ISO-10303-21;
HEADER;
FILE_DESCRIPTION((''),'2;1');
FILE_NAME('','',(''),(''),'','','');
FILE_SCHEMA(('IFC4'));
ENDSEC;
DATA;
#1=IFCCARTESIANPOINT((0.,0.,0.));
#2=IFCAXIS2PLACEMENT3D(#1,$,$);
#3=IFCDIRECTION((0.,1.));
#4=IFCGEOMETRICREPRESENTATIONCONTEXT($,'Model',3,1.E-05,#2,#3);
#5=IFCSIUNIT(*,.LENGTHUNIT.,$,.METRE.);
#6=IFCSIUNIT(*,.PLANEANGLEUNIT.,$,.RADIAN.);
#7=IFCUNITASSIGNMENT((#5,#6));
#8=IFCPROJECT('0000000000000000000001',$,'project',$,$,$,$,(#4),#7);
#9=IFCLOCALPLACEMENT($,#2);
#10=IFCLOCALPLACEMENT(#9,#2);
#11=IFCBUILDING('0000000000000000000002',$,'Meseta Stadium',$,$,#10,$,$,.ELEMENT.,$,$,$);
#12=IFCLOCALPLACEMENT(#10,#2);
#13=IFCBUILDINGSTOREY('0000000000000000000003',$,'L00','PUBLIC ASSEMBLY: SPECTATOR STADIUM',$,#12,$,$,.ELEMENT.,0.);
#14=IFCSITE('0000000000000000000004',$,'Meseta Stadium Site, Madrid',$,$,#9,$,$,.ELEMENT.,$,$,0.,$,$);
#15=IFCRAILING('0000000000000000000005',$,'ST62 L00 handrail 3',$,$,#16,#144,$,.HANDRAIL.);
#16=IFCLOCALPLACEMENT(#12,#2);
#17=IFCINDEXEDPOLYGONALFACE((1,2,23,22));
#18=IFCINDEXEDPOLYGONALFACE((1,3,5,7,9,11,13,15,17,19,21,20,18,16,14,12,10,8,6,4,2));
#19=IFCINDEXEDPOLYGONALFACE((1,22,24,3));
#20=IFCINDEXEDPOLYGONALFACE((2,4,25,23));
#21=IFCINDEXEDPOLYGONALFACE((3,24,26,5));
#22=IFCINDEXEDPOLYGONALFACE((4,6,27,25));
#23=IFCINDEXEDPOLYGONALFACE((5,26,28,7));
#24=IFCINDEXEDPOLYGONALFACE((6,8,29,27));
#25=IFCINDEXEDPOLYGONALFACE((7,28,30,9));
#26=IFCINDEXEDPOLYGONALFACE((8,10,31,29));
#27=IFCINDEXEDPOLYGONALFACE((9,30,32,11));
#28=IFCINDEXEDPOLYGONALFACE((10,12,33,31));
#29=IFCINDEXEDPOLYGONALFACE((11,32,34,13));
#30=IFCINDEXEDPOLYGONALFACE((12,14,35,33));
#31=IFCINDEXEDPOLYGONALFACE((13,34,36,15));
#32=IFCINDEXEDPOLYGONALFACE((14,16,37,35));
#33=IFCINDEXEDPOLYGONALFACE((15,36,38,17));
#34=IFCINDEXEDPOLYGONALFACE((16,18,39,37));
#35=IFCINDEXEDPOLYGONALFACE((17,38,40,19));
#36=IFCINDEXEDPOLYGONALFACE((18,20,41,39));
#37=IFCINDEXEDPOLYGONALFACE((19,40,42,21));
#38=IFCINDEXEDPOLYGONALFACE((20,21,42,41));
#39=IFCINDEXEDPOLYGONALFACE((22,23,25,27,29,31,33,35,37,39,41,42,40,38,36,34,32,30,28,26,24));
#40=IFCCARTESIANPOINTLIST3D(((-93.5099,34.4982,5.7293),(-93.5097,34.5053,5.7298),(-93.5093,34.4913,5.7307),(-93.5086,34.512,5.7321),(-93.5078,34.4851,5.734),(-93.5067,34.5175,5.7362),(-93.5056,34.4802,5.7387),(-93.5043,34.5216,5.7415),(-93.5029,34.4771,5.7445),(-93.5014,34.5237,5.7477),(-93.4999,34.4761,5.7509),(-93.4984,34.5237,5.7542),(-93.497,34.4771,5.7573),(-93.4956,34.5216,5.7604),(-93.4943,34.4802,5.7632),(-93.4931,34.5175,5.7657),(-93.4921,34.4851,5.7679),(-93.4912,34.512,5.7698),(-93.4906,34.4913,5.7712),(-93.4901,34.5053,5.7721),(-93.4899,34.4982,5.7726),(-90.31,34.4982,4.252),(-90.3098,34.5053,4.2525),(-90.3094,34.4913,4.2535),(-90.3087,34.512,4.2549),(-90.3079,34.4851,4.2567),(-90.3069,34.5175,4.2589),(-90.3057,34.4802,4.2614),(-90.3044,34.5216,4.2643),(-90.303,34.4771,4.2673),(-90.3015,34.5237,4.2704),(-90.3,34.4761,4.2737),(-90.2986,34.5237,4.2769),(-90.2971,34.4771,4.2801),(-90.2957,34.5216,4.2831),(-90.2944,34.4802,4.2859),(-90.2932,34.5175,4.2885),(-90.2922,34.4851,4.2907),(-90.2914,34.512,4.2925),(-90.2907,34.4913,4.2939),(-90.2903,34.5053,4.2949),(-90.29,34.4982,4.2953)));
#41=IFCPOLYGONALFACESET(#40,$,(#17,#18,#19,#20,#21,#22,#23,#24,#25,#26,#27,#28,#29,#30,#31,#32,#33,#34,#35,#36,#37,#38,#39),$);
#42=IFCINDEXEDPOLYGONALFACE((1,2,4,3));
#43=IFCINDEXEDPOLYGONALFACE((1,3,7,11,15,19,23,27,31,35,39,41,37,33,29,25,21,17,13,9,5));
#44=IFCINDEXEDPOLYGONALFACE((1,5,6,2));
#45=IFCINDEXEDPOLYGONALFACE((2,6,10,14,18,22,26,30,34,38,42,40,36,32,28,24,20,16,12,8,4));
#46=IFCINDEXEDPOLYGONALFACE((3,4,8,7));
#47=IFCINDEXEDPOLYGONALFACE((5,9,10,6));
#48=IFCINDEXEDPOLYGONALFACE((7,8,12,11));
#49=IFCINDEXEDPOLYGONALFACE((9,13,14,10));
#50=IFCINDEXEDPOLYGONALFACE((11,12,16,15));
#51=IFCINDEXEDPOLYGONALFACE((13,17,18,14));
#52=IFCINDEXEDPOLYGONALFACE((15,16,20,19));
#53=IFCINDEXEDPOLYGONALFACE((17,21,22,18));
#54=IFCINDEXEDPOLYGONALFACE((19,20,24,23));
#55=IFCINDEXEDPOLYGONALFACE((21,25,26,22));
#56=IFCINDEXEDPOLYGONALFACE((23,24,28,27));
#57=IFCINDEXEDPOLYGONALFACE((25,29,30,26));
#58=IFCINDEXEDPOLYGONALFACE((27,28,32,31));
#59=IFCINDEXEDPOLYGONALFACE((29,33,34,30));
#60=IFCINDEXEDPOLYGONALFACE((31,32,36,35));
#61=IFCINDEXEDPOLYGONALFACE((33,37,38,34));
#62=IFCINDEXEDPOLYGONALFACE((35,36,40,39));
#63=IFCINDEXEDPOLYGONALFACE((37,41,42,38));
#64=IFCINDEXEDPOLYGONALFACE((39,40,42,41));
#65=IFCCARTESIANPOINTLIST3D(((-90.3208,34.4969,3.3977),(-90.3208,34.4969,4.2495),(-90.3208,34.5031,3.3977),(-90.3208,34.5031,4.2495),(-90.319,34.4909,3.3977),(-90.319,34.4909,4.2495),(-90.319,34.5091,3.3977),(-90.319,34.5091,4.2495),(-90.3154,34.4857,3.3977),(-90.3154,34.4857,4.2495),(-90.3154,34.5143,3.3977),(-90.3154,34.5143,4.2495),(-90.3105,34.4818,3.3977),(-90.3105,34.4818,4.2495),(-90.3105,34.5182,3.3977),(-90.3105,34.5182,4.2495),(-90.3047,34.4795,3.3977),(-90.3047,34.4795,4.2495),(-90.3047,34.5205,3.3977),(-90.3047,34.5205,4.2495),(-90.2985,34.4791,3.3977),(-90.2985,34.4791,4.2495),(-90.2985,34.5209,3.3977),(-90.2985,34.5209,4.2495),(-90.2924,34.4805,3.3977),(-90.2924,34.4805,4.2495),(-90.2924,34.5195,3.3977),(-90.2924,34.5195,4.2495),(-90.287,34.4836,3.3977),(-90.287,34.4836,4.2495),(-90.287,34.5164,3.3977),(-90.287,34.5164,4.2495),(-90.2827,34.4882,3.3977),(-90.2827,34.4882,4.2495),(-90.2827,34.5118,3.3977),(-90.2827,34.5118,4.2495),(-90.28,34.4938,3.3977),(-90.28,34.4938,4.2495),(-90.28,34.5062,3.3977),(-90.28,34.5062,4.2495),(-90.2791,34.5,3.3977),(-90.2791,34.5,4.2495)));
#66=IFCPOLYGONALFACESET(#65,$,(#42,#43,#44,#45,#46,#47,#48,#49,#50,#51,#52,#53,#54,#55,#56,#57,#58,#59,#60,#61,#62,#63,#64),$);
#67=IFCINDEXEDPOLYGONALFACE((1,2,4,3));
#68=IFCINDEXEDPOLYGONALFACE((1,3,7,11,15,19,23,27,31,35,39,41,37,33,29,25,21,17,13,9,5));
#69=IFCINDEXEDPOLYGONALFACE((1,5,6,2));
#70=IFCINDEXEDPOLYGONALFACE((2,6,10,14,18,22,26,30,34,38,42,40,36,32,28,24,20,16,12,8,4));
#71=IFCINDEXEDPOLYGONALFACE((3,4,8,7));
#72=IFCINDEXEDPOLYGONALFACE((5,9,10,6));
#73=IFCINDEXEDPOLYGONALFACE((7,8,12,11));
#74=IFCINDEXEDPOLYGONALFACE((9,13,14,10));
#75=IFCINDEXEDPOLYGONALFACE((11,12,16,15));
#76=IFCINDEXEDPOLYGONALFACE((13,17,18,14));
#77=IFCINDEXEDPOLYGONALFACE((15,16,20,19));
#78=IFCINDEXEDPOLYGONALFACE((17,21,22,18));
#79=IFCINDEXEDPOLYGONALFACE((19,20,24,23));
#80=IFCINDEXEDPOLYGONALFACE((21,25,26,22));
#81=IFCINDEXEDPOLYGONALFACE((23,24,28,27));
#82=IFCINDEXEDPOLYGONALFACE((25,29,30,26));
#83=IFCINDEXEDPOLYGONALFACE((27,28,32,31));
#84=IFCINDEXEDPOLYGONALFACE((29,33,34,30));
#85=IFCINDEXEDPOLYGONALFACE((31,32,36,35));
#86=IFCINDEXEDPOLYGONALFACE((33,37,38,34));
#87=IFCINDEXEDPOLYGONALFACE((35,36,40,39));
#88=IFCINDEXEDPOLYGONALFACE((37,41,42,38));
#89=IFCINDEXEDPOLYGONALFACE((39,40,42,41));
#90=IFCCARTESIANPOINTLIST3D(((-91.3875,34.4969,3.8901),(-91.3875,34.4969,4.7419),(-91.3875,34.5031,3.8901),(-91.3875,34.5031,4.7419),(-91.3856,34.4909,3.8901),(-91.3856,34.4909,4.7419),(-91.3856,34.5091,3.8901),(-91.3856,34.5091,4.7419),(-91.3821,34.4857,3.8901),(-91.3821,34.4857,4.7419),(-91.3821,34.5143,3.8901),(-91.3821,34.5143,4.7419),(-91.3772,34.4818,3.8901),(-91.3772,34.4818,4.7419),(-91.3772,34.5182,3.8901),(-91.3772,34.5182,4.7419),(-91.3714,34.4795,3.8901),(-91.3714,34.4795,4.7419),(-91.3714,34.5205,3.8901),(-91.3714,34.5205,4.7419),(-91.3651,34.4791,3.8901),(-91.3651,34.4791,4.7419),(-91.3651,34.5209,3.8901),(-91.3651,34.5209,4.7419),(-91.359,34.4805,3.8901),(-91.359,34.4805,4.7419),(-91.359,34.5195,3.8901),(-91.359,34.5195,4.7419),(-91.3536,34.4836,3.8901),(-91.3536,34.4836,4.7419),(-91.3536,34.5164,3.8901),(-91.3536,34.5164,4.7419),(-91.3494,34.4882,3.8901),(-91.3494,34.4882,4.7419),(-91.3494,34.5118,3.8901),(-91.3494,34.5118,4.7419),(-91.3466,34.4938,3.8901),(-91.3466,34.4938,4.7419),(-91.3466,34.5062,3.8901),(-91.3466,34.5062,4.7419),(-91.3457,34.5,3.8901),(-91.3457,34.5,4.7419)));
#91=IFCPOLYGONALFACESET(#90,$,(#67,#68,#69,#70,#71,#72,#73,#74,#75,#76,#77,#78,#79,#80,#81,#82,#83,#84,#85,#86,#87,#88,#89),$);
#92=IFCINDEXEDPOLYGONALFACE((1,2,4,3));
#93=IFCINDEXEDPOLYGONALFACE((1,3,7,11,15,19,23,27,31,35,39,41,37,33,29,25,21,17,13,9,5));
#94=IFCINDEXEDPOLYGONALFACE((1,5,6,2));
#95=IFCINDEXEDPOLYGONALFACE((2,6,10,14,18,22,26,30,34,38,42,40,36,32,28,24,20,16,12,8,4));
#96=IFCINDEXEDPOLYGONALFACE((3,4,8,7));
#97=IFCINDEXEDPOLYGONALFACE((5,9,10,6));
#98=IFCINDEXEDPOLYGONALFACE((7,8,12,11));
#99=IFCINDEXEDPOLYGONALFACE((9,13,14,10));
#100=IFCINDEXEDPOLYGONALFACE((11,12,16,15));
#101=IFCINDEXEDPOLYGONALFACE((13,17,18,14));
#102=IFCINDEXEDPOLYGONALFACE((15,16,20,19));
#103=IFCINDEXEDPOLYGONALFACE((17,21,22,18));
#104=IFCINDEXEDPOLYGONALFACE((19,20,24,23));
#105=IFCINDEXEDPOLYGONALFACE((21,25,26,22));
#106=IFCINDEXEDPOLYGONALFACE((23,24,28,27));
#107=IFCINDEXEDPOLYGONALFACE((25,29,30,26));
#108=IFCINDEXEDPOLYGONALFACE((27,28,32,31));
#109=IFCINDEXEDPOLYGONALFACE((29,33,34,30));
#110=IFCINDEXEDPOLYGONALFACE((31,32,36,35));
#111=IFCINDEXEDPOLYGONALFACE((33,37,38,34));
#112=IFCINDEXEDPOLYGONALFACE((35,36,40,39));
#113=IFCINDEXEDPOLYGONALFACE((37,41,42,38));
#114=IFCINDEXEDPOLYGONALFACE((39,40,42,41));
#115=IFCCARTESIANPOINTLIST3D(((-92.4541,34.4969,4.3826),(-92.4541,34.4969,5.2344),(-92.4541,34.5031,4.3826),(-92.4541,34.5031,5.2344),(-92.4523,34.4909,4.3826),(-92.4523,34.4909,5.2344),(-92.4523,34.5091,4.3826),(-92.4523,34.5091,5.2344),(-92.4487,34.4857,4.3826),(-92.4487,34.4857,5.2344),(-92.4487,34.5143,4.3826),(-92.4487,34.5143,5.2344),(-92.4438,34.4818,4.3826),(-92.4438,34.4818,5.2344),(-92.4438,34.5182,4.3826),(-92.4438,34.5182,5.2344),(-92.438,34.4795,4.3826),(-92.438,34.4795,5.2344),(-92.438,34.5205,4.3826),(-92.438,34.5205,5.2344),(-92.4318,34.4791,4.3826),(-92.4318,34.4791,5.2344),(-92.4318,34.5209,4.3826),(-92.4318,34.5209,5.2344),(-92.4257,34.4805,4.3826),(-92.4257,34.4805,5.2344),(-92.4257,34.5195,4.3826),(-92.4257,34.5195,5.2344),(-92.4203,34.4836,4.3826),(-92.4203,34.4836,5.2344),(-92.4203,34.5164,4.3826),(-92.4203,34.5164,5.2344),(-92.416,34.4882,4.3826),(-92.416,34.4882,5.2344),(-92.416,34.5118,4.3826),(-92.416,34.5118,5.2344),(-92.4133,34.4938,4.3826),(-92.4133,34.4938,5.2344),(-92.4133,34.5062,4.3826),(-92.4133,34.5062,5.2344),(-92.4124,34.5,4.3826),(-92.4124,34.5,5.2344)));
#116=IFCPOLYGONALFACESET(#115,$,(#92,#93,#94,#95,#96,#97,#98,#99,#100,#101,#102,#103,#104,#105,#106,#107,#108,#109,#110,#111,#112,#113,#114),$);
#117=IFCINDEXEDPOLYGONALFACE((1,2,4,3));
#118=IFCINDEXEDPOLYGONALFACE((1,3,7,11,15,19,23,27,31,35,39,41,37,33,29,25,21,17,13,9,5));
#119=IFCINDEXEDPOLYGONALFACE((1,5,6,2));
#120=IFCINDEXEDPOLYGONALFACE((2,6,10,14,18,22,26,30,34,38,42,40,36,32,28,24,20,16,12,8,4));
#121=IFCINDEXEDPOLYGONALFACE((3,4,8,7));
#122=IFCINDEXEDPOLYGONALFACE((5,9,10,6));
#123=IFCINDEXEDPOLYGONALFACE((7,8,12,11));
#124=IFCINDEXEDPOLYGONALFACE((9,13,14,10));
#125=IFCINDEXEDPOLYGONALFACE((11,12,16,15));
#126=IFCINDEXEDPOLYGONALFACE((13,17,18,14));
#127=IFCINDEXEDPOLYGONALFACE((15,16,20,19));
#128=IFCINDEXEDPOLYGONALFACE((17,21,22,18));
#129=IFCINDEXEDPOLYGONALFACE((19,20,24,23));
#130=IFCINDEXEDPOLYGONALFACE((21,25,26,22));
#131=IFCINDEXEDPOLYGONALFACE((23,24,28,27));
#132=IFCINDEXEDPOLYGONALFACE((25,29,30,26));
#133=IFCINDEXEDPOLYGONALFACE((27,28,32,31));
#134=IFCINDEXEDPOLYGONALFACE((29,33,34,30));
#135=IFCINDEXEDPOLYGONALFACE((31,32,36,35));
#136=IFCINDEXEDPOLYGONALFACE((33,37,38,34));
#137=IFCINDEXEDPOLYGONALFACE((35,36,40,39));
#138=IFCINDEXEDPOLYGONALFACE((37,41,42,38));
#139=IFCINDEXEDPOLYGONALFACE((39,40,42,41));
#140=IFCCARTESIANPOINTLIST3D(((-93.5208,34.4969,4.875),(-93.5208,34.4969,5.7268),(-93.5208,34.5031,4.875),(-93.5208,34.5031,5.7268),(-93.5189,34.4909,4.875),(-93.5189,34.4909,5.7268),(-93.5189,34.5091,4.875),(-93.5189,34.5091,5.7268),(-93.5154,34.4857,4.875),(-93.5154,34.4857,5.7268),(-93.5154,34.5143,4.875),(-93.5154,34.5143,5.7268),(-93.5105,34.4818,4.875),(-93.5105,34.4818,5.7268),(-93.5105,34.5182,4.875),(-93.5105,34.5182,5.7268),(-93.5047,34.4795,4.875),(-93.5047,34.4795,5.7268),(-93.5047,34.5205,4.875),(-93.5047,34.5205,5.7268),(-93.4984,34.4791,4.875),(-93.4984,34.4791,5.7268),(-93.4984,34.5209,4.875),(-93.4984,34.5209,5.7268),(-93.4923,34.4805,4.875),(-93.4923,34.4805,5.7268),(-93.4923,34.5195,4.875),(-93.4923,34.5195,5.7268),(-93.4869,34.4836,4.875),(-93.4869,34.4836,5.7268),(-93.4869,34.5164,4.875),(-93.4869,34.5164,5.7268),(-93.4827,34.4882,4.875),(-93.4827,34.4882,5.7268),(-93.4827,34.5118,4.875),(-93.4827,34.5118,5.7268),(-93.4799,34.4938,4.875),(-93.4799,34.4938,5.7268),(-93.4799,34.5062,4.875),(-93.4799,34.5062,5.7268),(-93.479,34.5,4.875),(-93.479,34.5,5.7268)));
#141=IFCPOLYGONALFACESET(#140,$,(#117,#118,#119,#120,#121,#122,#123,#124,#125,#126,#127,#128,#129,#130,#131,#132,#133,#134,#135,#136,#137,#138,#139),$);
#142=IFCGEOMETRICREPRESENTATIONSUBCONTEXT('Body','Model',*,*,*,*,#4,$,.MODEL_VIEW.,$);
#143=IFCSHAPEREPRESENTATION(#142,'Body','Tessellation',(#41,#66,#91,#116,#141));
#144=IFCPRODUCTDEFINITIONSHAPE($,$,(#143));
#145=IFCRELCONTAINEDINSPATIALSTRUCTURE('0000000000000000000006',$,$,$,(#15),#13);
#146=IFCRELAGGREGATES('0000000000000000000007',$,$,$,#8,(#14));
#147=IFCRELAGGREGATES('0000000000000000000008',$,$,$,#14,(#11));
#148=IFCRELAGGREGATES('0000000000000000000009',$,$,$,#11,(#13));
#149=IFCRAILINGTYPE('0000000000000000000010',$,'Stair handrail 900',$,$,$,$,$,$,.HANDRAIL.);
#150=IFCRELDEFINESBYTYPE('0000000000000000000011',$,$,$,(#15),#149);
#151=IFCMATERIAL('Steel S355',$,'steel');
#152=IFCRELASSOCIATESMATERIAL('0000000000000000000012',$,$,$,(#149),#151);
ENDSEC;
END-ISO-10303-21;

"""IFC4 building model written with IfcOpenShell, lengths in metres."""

from ifc_helpers import new_model, si_unit, direction, frame, origin, origin_2d, place, context, subcontext, project, spatial, circle, extrude, material, type_object, element, save


model = new_model("IFC4")

# Units and contexts
model_context = context("Model", 3, precision=1e-05, world=origin(), true_north=direction((0.0, 1.0)))
body_context = subcontext(model_context, "Body", "Model", "MODEL_VIEW")
ifc_project = project(units=[si_unit("LENGTHUNIT", "METRE"), si_unit("PLANEANGLEUNIT", "RADIAN")], contexts=[model_context])

# Site, building, storey
site_placement = place(None, origin())
site = spatial("IfcSite", under=ifc_project, at=site_placement, Name="Meseta Stadium Site, Madrid", CompositionType="ELEMENT", RefElevation=0.0)
building_placement = place(site_placement, origin())
building = spatial("IfcBuilding", under=site, at=building_placement, Name="Meseta Stadium", CompositionType="ELEMENT")
storey_placement = place(building_placement, origin())
storey = spatial("IfcBuildingStorey", under=building, at=storey_placement, Name="L00", Description="PUBLIC ASSEMBLY: SPECTATOR STADIUM", CompositionType="ELEMENT", Elevation=0.0)

# Railing
ifc_material_1 = material(Name="Steel S355", Category="steel")
railing_type_1 = type_object("IfcRailingType", Name="Stair handrail 900", PredefinedType="HANDRAIL", material=ifc_material_1)
for number, where, name in (
    (1, (-90.3, 34.5, 3.3977), "ST62 L00 handrail 3"),
):
    element("IfcRailing", number, at=place(storey_placement, frame(where)), inside=storey, type_object=railing_type_1, Name=name, PredefinedType="HANDRAIL", context=body_context, shape_type="SweptSolid", body=[
        extrude(circle(Radius=0.0239, at=origin_2d()), frame((0.0, 0.0, 0.876), z_axis=(-0.907917, 0.0, 0.41915), x_axis=(0.0, -1.0, 0.0)), (0.0, 0.0, 1.0), 3.5244),
        extrude(circle(Radius=0.021, at=origin_2d()), origin(), (0.0, 0.0, 1.0), 0.8518),
        extrude(circle(Radius=0.021, at=origin_2d()), frame((-1.0667, 0.0, 0.4924)), (0.0, 0.0, 1.0), 0.8518),
        extrude(circle(Radius=0.021, at=origin_2d()), frame((-2.1333, 0.0, 0.9849)), (0.0, 0.0, 1.0), 0.8518),
        extrude(circle(Radius=0.021, at=origin_2d()), frame((-3.2, 0.0, 1.4773)), (0.0, 0.0, 1.0), 0.8518),
    ])

save(model, "model.ifc")
